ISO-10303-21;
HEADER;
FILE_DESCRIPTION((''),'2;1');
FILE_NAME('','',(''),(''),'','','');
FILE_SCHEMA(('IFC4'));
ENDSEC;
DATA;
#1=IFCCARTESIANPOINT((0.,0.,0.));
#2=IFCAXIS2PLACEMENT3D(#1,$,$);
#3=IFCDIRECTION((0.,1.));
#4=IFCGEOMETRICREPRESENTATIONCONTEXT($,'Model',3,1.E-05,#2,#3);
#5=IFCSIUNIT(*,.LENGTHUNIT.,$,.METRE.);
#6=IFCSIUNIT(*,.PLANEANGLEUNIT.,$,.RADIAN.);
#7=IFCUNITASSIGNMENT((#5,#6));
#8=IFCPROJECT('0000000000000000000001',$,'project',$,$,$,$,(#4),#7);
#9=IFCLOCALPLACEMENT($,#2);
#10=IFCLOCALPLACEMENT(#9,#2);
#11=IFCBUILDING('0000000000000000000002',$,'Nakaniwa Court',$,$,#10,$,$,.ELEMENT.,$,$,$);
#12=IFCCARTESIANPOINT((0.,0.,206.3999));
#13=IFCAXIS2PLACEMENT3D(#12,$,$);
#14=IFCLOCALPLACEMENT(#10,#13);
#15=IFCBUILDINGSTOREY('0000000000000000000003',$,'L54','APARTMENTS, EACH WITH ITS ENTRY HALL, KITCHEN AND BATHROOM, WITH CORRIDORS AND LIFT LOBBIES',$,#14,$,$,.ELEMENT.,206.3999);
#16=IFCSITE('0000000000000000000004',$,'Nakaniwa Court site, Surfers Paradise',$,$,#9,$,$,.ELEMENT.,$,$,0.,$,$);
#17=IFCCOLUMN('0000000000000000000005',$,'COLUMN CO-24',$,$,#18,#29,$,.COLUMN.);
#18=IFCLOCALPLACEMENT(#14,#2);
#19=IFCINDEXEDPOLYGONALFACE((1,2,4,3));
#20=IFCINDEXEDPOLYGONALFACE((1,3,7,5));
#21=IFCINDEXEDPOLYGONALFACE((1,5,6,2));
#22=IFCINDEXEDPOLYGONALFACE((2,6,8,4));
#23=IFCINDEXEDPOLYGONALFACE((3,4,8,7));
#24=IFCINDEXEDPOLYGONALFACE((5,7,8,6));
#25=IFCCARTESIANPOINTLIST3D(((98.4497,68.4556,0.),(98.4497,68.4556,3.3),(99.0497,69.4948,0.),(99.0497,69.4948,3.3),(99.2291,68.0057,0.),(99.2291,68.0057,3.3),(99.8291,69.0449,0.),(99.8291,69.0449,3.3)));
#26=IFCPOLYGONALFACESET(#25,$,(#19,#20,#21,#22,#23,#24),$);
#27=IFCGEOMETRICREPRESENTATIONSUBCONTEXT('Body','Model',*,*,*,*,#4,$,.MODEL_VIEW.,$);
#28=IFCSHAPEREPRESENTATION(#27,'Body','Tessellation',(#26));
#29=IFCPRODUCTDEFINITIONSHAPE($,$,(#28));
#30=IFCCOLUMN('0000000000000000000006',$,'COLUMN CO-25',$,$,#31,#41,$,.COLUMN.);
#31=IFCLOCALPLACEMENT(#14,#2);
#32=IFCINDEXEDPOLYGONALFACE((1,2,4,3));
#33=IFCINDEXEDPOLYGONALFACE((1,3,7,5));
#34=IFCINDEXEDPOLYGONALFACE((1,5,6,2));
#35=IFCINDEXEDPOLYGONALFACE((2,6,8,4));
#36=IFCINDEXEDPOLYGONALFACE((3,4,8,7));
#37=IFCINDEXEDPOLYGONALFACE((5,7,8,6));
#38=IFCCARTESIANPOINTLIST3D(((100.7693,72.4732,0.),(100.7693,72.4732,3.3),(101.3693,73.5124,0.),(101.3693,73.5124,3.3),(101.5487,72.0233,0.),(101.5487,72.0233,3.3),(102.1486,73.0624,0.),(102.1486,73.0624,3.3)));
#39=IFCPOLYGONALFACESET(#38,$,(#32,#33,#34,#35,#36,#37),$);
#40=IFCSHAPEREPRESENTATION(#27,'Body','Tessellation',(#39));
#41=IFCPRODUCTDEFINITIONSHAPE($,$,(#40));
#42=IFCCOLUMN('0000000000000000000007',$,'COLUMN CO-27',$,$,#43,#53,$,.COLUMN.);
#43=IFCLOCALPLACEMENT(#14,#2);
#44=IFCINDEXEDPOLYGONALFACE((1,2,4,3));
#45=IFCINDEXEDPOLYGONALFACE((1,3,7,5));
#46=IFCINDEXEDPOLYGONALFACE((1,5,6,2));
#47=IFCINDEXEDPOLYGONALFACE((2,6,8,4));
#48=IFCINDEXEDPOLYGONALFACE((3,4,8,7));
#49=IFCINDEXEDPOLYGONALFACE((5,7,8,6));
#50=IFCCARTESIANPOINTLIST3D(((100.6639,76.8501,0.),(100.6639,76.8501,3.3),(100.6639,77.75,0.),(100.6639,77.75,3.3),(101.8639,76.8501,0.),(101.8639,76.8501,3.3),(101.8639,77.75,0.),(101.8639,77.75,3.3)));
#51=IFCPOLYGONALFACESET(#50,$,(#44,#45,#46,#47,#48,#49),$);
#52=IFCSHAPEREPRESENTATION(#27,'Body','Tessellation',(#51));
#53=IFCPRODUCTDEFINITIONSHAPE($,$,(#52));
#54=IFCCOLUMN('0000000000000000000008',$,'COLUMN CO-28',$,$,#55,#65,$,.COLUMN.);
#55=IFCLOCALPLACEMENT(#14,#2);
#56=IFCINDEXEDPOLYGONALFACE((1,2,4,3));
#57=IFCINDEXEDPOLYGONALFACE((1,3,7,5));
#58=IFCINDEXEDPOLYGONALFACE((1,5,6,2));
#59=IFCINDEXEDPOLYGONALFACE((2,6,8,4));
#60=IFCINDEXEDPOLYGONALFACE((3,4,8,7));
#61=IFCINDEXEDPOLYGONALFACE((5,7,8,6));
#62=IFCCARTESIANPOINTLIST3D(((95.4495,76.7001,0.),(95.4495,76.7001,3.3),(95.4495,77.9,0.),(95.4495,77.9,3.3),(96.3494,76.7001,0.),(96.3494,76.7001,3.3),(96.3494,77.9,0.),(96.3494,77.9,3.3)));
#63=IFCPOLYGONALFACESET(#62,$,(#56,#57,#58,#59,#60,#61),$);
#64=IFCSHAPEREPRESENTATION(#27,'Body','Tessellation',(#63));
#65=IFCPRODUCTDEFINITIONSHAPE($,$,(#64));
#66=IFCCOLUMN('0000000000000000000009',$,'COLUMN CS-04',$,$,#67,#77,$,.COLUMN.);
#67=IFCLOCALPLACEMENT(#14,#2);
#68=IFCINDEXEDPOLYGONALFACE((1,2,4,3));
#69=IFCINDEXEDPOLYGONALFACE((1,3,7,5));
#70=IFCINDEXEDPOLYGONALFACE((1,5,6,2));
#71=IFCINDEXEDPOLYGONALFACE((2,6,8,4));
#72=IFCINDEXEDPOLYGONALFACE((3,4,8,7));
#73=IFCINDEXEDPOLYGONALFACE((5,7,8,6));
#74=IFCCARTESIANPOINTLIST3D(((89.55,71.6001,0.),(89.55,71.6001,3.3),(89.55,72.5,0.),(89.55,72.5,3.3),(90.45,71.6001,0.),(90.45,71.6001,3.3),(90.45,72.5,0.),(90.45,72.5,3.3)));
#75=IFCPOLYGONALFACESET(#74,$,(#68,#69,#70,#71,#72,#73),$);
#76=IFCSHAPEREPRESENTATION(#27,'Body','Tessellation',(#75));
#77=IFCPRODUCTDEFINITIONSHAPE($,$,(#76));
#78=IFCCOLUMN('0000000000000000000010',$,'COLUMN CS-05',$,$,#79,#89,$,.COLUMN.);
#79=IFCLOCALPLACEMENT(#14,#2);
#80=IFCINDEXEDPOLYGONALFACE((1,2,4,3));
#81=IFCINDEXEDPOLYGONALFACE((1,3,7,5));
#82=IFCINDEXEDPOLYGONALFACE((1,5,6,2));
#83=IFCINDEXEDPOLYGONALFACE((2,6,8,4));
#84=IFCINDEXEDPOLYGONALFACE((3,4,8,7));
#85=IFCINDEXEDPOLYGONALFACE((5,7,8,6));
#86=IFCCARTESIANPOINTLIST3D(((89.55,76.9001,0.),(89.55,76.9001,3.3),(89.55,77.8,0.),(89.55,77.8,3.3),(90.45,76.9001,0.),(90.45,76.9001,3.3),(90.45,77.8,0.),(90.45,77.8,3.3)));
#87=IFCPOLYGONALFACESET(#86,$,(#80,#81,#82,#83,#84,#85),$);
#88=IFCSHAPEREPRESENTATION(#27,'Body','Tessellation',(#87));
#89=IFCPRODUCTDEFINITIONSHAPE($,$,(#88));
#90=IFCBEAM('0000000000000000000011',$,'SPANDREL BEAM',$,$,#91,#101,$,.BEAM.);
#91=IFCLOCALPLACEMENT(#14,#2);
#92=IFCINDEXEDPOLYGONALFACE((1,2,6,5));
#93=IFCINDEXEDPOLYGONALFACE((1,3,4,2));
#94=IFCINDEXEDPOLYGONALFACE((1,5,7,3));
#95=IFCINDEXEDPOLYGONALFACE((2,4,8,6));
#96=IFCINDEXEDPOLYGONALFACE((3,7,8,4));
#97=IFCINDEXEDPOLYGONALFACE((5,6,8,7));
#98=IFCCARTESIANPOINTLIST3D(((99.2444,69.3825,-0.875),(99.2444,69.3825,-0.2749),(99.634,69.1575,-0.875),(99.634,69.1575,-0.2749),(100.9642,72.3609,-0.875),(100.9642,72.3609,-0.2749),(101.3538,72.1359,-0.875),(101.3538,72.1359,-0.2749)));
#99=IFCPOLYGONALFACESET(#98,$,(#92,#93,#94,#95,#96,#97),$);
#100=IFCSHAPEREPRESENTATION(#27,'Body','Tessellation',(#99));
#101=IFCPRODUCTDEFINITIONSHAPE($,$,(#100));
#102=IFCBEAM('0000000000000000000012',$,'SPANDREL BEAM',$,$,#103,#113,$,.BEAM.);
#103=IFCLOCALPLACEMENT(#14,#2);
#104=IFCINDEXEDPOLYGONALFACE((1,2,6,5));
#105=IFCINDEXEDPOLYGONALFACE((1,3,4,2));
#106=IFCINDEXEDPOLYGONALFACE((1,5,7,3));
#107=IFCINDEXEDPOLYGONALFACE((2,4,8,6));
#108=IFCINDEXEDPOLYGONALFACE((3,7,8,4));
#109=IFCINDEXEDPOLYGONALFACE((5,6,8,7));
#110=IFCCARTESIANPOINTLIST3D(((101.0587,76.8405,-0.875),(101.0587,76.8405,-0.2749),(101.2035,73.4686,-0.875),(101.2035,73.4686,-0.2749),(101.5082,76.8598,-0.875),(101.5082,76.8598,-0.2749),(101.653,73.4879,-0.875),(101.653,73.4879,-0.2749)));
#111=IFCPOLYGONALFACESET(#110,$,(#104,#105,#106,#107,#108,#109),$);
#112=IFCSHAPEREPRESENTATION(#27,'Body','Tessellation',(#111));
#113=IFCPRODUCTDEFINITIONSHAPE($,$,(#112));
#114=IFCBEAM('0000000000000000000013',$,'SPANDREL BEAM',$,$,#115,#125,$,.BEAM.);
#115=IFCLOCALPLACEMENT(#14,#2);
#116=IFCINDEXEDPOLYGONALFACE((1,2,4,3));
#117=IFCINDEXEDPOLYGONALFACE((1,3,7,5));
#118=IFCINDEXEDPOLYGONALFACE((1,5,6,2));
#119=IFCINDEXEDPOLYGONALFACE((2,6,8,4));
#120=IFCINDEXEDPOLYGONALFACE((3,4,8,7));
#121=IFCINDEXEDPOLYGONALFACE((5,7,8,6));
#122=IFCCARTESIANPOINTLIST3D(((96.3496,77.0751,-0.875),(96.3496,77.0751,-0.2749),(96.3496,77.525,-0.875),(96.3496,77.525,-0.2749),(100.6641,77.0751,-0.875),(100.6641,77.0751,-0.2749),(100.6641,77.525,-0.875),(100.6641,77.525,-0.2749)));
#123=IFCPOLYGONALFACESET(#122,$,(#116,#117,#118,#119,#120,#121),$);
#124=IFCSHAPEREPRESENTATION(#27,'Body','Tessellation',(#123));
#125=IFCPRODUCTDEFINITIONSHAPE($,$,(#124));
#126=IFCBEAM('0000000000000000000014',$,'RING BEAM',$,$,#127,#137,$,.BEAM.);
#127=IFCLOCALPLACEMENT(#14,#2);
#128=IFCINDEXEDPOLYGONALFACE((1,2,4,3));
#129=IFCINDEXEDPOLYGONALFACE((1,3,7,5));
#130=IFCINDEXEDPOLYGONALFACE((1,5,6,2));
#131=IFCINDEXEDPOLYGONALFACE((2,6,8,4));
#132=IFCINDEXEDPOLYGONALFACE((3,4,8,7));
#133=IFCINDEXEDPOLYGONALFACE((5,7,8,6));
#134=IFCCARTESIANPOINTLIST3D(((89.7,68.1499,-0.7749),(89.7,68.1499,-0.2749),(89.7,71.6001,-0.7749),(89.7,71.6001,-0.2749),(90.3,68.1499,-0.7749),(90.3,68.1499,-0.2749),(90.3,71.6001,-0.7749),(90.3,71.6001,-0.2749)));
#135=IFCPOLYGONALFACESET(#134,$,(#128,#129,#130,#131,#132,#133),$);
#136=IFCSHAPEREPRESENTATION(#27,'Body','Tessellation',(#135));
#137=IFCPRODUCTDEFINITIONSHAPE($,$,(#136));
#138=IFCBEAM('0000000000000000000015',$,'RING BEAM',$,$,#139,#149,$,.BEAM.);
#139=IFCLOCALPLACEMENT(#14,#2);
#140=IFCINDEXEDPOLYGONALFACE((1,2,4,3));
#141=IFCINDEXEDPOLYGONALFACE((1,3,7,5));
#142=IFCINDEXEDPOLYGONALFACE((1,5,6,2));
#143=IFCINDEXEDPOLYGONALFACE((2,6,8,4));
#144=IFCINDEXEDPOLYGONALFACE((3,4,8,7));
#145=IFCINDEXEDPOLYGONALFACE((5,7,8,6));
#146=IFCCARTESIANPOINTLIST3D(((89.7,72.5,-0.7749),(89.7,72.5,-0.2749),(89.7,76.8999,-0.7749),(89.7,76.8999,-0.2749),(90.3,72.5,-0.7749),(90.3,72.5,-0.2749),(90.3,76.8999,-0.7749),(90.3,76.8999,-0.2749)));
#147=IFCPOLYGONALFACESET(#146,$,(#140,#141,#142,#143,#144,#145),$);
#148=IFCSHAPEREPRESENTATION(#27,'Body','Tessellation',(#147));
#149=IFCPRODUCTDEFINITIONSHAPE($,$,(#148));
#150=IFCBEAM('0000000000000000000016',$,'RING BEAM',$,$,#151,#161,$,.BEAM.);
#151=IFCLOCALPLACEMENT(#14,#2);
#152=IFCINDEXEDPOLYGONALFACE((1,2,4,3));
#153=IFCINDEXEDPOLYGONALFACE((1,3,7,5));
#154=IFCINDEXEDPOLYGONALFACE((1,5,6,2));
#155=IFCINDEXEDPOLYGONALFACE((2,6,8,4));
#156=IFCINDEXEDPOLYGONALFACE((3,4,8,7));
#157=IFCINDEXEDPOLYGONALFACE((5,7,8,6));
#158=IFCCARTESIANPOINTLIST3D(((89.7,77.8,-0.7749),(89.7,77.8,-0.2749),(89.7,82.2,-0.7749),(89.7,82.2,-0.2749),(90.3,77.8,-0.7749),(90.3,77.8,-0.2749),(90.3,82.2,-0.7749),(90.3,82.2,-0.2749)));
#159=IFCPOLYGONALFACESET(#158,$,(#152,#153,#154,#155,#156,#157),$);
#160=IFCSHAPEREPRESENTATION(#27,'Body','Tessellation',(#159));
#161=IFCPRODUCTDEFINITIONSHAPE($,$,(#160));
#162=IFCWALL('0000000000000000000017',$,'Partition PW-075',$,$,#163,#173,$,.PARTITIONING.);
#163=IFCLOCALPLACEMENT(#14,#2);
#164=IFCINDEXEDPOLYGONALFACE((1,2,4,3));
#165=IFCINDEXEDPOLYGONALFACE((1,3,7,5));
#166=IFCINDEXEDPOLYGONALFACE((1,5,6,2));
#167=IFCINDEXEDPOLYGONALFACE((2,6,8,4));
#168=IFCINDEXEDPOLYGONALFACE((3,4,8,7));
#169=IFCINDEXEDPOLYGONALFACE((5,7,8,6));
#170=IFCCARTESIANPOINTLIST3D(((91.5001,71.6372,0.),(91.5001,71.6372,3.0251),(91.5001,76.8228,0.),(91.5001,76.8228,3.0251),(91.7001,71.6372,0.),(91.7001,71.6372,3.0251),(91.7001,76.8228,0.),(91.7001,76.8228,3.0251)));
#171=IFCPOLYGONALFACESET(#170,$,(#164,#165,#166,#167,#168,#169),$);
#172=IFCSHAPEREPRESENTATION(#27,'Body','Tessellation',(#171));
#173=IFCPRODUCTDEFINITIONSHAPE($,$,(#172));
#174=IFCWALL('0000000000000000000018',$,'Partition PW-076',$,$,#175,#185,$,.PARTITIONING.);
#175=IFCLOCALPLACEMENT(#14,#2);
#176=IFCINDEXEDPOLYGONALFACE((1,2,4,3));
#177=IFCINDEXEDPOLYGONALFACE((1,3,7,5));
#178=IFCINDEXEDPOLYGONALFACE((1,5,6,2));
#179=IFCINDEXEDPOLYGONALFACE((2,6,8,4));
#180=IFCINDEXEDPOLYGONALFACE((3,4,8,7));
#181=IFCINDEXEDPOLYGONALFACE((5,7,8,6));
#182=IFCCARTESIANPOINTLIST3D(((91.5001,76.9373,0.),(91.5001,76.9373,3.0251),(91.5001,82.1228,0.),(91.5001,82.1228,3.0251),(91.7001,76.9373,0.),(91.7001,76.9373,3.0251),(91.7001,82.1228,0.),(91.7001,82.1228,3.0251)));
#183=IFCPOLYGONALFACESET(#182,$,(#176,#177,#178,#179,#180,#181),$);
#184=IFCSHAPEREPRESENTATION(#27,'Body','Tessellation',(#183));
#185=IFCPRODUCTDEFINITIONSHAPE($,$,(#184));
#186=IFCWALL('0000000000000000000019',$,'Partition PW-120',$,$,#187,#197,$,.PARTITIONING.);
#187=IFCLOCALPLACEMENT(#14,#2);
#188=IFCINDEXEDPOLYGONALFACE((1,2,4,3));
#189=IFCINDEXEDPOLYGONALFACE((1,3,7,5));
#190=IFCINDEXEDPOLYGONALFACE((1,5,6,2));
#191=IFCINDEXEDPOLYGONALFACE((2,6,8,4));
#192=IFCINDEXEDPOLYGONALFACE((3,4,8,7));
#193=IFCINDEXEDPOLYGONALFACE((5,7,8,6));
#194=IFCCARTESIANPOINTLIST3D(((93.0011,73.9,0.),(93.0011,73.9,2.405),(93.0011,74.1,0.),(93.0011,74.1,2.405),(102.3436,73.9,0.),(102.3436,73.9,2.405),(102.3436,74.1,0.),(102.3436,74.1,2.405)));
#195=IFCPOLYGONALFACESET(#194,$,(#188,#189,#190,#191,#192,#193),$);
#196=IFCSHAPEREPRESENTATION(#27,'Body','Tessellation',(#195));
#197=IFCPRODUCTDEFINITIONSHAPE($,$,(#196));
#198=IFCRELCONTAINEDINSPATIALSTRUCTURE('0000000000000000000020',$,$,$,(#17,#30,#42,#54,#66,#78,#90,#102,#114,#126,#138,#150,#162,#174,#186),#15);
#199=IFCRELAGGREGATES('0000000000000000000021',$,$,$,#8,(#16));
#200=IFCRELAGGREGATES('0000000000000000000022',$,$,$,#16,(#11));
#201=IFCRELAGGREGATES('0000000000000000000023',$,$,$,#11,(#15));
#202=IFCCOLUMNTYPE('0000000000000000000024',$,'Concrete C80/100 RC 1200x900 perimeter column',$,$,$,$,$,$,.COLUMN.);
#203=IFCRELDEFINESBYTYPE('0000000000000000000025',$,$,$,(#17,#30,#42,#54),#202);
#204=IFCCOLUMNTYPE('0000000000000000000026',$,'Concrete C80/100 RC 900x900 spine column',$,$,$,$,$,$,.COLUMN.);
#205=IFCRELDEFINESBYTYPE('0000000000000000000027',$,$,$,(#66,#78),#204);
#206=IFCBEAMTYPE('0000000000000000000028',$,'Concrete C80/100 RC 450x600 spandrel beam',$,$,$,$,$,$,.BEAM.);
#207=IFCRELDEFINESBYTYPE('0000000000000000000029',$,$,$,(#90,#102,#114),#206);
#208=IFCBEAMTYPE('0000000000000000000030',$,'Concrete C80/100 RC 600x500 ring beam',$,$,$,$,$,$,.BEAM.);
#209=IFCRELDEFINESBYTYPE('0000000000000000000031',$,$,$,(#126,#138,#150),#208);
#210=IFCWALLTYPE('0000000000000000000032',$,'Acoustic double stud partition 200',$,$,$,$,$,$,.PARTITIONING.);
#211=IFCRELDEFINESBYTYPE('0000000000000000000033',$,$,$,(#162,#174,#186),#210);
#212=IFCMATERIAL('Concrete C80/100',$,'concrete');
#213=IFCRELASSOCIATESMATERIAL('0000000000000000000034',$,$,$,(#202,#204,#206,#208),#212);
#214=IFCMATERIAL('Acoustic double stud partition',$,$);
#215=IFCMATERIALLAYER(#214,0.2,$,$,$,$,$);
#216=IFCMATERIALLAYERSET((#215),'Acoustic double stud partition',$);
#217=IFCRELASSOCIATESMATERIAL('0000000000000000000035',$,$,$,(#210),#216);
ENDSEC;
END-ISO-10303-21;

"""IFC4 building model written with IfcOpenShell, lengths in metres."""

from ifc_helpers import new_model, si_unit, direction, frame, frame_2d, origin, origin_2d, place, context, subcontext, project, spatial, rectangle, extrude, material, layer, layer_set, material_profile, profile_set, type_object, element, save


model = new_model("IFC4")

# Units and contexts
model_context = context("Model", 3, precision=1e-05, world=origin(), true_north=direction((0.0, 1.0)))
body_context = subcontext(model_context, "Body", "Model", "MODEL_VIEW")
ifc_project = project(units=[si_unit("LENGTHUNIT", "METRE"), si_unit("PLANEANGLEUNIT", "RADIAN")], contexts=[model_context])

# Site, building, storey
site_placement = place(None, origin())
site = spatial("IfcSite", under=ifc_project, at=site_placement, Name="Nakaniwa Court site, Surfers Paradise", CompositionType="ELEMENT", RefElevation=0.0)
building_placement = place(site_placement, origin())
building = spatial("IfcBuilding", under=site, at=building_placement, Name="Nakaniwa Court", CompositionType="ELEMENT")
storey_placement = place(building_placement, frame((0.0, 0.0, 206.3999)))
storey = spatial("IfcBuildingStorey", under=building, at=storey_placement, Name="L54", Description="APARTMENTS, EACH WITH ITS ENTRY HALL, KITCHEN AND BATHROOM, WITH CORRIDORS AND LIFT LOBBIES", CompositionType="ELEMENT", Elevation=206.3999)

# Columns
ifc_material_1 = material(Name="Concrete C80/100", Category="concrete")
ifc_material_profile_1 = material_profile(ifc_material_1, rectangle(XDim=1.2, YDim=0.8999, at=origin_2d()), Name="Concrete C80/100 RC 1200x900 perimeter column")
ifc_profile_set_1 = profile_set([ifc_material_profile_1], Name="Concrete C80/100")
column_type_1 = type_object("IfcColumnType", Name="Concrete C80/100 RC 1200x900 perimeter column", PredefinedType="COLUMN", material=ifc_profile_set_1)
for number, where, z_axis, x_axis, name in (
    (1, (99.1394, 68.7502, 0.0), (0.0, 0.0, 1.0), (0.5, 0.866025, 0.0), "COLUMN CO-24"),
    (2, (101.459, 72.7678, 0.0), (0.0, 0.0, 1.0), (0.5, 0.866025, 0.0), "COLUMN CO-25"),
    (3, (101.2639, 77.3, 0.0), (0.0, 0.0, 1.0), (-1.0, 0.0, 0.0), "COLUMN CO-27"),
    (4, (95.8994, 77.3, 0.0), (0.0, 0.0, 1.0), (0.0, 1.0, 0.0), "COLUMN CO-28"),
):
    element("IfcColumn", number, at=place(storey_placement, frame(where, z_axis=z_axis, x_axis=x_axis)), inside=storey, type_object=column_type_1, Name=name, PredefinedType="COLUMN", context=body_context, shape_type="SweptSolid", body=[
        extrude(rectangle(XDim=1.2, YDim=0.8999, at=origin_2d()), origin(), (0.0, 0.0, 1.0), 3.3),
    ])
ifc_material_profile_2 = material_profile(ifc_material_1, rectangle(XDim=0.8999, YDim=0.8999, at=origin_2d()), Name="Concrete C80/100 RC 900x900 spine column")
ifc_profile_set_2 = profile_set([ifc_material_profile_2], Name="Concrete C80/100")
column_type_2 = type_object("IfcColumnType", Name="Concrete C80/100 RC 900x900 spine column", PredefinedType="COLUMN", material=ifc_profile_set_2)
for number, where, z_axis, x_axis, name in (
    (5, (90.0, 72.05, 0.0), (0.0, 0.0, 1.0), (0.0, 1.0, 0.0), "COLUMN CS-04"),
    (6, (90.0, 77.3501, 0.0), (0.0, 0.0, 1.0), (0.0, 1.0, 0.0), "COLUMN CS-05"),
):
    element("IfcColumn", number, at=place(storey_placement, frame(where, z_axis=z_axis, x_axis=x_axis)), inside=storey, type_object=column_type_2, Name=name, PredefinedType="COLUMN", context=body_context, shape_type="SweptSolid", body=[
        extrude(rectangle(XDim=0.8999, YDim=0.8999, at=origin_2d()), origin(), (0.0, 0.0, 1.0), 3.3),
    ])

# Beams
ifc_material_profile_3 = material_profile(ifc_material_1, rectangle(XDim=0.45, YDim=0.6001, at=origin_2d()), Name="Concrete C80/100 RC 450x600 spandrel beam")
ifc_profile_set_3 = profile_set([ifc_material_profile_3], Name="Concrete C80/100")
beam_type_1 = type_object("IfcBeamType", Name="Concrete C80/100 RC 450x600 spandrel beam", PredefinedType="BEAM", material=ifc_profile_set_3)
beam_1_placement = place(storey_placement, frame((99.4392, 69.27, -0.575), z_axis=(0.500048, 0.865998, 0.0), x_axis=(-0.865998, 0.500048, 0.0)))
element("IfcBeam", 7, at=beam_1_placement, inside=storey, type_object=beam_type_1, Name="SPANDREL BEAM", PredefinedType="BEAM", context=body_context, shape_type="SweptSolid", body=[
    extrude(rectangle(XDim=0.45, YDim=0.6001, at=origin_2d()), origin(), (0.0, 0.0, 1.0), 3.4392),
])
beam_2_placement = place(storey_placement, frame((101.4282, 73.4783, -0.575), z_axis=(-0.042897, 0.999079, 0.0), x_axis=(-0.999079, -0.042897, 0.0)))
element("IfcBeam", 8, at=beam_2_placement, inside=storey, type_object=beam_type_1, Name="SPANDREL BEAM", PredefinedType="BEAM", context=body_context, shape_type="SweptSolid", body=[
    extrude(rectangle(XDim=0.45, YDim=0.6001, at=origin_2d()), origin(), (0.0, 0.0, 1.0), 3.375),
])
beam_3_placement = place(storey_placement, frame((100.6641, 77.3, -0.575), z_axis=(-1.0, 0.0, 0.0), x_axis=(0.0, -1.0, 0.0)))
element("IfcBeam", 9, at=beam_3_placement, inside=storey, type_object=beam_type_1, Name="SPANDREL BEAM", PredefinedType="BEAM", context=body_context, shape_type="SweptSolid", body=[
    extrude(rectangle(XDim=0.45, YDim=0.6001, at=origin_2d()), origin(), (0.0, 0.0, 1.0), 4.3145),
])
ifc_material_profile_4 = material_profile(ifc_material_1, rectangle(XDim=0.6001, YDim=0.5, at=origin_2d()), Name="Concrete C80/100 RC 600x500 ring beam")
ifc_profile_set_4 = profile_set([ifc_material_profile_4], Name="Concrete C80/100")
beam_type_2 = type_object("IfcBeamType", Name="Concrete C80/100 RC 600x500 ring beam", PredefinedType="BEAM", material=ifc_profile_set_4)
beam_4_placement = place(storey_placement, frame((90.0, 68.1499, -0.5249), z_axis=(0.0, 1.0, 0.0), x_axis=(-1.0, 0.0, 0.0)))
element("IfcBeam", 10, at=beam_4_placement, inside=storey, type_object=beam_type_2, Name="RING BEAM", PredefinedType="BEAM", context=body_context, shape_type="SweptSolid", body=[
    extrude(rectangle(XDim=0.6001, YDim=0.5, at=origin_2d()), origin(), (0.0, 0.0, 1.0), 3.4502),
])
for number, where, z_axis, x_axis, name in (
    (11, (90.0, 72.5, -0.5249), (0.0, 1.0, 0.0), (-1.0, 0.0, 0.0), "RING BEAM"),
    (12, (90.0, 77.8, -0.5249), (0.0, 1.0, 0.0), (-1.0, 0.0, 0.0), "RING BEAM"),
):
    element("IfcBeam", number, at=place(storey_placement, frame(where, z_axis=z_axis, x_axis=x_axis)), inside=storey, type_object=beam_type_2, Name=name, PredefinedType="BEAM", context=body_context, shape_type="SweptSolid", body=[
        extrude(rectangle(XDim=0.6001, YDim=0.5, at=origin_2d()), origin(), (0.0, 0.0, 1.0), 4.3999),
    ])

# Walls
ifc_material_2 = material(Name="Acoustic double stud partition")
ifc_layer_1 = layer(ifc_material_2, 0.2)
ifc_layer_set_1 = layer_set([ifc_layer_1], Name="Acoustic double stud partition")
wall_type_1 = type_object("IfcWallType", Name="Acoustic double stud partition 200", PredefinedType="PARTITIONING", material=ifc_layer_set_1)
for number, where, z_axis, x_axis, name in (
    (13, (91.6001, 71.6372, 0.0), (0.0, 0.0, 1.0), (0.0, 1.0, 0.0), "Partition PW-075"),
    (14, (91.6001, 76.9373, 0.0), (0.0, 0.0, 1.0), (0.0, 1.0, 0.0), "Partition PW-076"),
):
    element("IfcWall", number, at=place(storey_placement, frame(where, z_axis=z_axis, x_axis=x_axis)), inside=storey, type_object=wall_type_1, Name=name, PredefinedType="PARTITIONING", context=body_context, shape_type="SweptSolid", body=[
        extrude(rectangle(XDim=5.1855, YDim=0.2, at=frame_2d((2.5928, 0.0))), origin(), (0.0, 0.0, 1.0), 3.0251),
    ])
wall_1_placement = place(storey_placement, frame((93.001, 74.0, 0.0), z_axis=(0.0, 0.0, 1.0), x_axis=(1.0, 0.0, 0.0)))
element("IfcWall", 15, at=wall_1_placement, inside=storey, type_object=wall_type_1, Name="Partition PW-120", PredefinedType="PARTITIONING", context=body_context, shape_type="SweptSolid", body=[
    extrude(rectangle(XDim=9.3425, YDim=0.2, at=frame_2d((4.6714, 0.0))), origin(), (0.0, 0.0, 1.0), 2.405),
])

save(model, "model.ifc")
